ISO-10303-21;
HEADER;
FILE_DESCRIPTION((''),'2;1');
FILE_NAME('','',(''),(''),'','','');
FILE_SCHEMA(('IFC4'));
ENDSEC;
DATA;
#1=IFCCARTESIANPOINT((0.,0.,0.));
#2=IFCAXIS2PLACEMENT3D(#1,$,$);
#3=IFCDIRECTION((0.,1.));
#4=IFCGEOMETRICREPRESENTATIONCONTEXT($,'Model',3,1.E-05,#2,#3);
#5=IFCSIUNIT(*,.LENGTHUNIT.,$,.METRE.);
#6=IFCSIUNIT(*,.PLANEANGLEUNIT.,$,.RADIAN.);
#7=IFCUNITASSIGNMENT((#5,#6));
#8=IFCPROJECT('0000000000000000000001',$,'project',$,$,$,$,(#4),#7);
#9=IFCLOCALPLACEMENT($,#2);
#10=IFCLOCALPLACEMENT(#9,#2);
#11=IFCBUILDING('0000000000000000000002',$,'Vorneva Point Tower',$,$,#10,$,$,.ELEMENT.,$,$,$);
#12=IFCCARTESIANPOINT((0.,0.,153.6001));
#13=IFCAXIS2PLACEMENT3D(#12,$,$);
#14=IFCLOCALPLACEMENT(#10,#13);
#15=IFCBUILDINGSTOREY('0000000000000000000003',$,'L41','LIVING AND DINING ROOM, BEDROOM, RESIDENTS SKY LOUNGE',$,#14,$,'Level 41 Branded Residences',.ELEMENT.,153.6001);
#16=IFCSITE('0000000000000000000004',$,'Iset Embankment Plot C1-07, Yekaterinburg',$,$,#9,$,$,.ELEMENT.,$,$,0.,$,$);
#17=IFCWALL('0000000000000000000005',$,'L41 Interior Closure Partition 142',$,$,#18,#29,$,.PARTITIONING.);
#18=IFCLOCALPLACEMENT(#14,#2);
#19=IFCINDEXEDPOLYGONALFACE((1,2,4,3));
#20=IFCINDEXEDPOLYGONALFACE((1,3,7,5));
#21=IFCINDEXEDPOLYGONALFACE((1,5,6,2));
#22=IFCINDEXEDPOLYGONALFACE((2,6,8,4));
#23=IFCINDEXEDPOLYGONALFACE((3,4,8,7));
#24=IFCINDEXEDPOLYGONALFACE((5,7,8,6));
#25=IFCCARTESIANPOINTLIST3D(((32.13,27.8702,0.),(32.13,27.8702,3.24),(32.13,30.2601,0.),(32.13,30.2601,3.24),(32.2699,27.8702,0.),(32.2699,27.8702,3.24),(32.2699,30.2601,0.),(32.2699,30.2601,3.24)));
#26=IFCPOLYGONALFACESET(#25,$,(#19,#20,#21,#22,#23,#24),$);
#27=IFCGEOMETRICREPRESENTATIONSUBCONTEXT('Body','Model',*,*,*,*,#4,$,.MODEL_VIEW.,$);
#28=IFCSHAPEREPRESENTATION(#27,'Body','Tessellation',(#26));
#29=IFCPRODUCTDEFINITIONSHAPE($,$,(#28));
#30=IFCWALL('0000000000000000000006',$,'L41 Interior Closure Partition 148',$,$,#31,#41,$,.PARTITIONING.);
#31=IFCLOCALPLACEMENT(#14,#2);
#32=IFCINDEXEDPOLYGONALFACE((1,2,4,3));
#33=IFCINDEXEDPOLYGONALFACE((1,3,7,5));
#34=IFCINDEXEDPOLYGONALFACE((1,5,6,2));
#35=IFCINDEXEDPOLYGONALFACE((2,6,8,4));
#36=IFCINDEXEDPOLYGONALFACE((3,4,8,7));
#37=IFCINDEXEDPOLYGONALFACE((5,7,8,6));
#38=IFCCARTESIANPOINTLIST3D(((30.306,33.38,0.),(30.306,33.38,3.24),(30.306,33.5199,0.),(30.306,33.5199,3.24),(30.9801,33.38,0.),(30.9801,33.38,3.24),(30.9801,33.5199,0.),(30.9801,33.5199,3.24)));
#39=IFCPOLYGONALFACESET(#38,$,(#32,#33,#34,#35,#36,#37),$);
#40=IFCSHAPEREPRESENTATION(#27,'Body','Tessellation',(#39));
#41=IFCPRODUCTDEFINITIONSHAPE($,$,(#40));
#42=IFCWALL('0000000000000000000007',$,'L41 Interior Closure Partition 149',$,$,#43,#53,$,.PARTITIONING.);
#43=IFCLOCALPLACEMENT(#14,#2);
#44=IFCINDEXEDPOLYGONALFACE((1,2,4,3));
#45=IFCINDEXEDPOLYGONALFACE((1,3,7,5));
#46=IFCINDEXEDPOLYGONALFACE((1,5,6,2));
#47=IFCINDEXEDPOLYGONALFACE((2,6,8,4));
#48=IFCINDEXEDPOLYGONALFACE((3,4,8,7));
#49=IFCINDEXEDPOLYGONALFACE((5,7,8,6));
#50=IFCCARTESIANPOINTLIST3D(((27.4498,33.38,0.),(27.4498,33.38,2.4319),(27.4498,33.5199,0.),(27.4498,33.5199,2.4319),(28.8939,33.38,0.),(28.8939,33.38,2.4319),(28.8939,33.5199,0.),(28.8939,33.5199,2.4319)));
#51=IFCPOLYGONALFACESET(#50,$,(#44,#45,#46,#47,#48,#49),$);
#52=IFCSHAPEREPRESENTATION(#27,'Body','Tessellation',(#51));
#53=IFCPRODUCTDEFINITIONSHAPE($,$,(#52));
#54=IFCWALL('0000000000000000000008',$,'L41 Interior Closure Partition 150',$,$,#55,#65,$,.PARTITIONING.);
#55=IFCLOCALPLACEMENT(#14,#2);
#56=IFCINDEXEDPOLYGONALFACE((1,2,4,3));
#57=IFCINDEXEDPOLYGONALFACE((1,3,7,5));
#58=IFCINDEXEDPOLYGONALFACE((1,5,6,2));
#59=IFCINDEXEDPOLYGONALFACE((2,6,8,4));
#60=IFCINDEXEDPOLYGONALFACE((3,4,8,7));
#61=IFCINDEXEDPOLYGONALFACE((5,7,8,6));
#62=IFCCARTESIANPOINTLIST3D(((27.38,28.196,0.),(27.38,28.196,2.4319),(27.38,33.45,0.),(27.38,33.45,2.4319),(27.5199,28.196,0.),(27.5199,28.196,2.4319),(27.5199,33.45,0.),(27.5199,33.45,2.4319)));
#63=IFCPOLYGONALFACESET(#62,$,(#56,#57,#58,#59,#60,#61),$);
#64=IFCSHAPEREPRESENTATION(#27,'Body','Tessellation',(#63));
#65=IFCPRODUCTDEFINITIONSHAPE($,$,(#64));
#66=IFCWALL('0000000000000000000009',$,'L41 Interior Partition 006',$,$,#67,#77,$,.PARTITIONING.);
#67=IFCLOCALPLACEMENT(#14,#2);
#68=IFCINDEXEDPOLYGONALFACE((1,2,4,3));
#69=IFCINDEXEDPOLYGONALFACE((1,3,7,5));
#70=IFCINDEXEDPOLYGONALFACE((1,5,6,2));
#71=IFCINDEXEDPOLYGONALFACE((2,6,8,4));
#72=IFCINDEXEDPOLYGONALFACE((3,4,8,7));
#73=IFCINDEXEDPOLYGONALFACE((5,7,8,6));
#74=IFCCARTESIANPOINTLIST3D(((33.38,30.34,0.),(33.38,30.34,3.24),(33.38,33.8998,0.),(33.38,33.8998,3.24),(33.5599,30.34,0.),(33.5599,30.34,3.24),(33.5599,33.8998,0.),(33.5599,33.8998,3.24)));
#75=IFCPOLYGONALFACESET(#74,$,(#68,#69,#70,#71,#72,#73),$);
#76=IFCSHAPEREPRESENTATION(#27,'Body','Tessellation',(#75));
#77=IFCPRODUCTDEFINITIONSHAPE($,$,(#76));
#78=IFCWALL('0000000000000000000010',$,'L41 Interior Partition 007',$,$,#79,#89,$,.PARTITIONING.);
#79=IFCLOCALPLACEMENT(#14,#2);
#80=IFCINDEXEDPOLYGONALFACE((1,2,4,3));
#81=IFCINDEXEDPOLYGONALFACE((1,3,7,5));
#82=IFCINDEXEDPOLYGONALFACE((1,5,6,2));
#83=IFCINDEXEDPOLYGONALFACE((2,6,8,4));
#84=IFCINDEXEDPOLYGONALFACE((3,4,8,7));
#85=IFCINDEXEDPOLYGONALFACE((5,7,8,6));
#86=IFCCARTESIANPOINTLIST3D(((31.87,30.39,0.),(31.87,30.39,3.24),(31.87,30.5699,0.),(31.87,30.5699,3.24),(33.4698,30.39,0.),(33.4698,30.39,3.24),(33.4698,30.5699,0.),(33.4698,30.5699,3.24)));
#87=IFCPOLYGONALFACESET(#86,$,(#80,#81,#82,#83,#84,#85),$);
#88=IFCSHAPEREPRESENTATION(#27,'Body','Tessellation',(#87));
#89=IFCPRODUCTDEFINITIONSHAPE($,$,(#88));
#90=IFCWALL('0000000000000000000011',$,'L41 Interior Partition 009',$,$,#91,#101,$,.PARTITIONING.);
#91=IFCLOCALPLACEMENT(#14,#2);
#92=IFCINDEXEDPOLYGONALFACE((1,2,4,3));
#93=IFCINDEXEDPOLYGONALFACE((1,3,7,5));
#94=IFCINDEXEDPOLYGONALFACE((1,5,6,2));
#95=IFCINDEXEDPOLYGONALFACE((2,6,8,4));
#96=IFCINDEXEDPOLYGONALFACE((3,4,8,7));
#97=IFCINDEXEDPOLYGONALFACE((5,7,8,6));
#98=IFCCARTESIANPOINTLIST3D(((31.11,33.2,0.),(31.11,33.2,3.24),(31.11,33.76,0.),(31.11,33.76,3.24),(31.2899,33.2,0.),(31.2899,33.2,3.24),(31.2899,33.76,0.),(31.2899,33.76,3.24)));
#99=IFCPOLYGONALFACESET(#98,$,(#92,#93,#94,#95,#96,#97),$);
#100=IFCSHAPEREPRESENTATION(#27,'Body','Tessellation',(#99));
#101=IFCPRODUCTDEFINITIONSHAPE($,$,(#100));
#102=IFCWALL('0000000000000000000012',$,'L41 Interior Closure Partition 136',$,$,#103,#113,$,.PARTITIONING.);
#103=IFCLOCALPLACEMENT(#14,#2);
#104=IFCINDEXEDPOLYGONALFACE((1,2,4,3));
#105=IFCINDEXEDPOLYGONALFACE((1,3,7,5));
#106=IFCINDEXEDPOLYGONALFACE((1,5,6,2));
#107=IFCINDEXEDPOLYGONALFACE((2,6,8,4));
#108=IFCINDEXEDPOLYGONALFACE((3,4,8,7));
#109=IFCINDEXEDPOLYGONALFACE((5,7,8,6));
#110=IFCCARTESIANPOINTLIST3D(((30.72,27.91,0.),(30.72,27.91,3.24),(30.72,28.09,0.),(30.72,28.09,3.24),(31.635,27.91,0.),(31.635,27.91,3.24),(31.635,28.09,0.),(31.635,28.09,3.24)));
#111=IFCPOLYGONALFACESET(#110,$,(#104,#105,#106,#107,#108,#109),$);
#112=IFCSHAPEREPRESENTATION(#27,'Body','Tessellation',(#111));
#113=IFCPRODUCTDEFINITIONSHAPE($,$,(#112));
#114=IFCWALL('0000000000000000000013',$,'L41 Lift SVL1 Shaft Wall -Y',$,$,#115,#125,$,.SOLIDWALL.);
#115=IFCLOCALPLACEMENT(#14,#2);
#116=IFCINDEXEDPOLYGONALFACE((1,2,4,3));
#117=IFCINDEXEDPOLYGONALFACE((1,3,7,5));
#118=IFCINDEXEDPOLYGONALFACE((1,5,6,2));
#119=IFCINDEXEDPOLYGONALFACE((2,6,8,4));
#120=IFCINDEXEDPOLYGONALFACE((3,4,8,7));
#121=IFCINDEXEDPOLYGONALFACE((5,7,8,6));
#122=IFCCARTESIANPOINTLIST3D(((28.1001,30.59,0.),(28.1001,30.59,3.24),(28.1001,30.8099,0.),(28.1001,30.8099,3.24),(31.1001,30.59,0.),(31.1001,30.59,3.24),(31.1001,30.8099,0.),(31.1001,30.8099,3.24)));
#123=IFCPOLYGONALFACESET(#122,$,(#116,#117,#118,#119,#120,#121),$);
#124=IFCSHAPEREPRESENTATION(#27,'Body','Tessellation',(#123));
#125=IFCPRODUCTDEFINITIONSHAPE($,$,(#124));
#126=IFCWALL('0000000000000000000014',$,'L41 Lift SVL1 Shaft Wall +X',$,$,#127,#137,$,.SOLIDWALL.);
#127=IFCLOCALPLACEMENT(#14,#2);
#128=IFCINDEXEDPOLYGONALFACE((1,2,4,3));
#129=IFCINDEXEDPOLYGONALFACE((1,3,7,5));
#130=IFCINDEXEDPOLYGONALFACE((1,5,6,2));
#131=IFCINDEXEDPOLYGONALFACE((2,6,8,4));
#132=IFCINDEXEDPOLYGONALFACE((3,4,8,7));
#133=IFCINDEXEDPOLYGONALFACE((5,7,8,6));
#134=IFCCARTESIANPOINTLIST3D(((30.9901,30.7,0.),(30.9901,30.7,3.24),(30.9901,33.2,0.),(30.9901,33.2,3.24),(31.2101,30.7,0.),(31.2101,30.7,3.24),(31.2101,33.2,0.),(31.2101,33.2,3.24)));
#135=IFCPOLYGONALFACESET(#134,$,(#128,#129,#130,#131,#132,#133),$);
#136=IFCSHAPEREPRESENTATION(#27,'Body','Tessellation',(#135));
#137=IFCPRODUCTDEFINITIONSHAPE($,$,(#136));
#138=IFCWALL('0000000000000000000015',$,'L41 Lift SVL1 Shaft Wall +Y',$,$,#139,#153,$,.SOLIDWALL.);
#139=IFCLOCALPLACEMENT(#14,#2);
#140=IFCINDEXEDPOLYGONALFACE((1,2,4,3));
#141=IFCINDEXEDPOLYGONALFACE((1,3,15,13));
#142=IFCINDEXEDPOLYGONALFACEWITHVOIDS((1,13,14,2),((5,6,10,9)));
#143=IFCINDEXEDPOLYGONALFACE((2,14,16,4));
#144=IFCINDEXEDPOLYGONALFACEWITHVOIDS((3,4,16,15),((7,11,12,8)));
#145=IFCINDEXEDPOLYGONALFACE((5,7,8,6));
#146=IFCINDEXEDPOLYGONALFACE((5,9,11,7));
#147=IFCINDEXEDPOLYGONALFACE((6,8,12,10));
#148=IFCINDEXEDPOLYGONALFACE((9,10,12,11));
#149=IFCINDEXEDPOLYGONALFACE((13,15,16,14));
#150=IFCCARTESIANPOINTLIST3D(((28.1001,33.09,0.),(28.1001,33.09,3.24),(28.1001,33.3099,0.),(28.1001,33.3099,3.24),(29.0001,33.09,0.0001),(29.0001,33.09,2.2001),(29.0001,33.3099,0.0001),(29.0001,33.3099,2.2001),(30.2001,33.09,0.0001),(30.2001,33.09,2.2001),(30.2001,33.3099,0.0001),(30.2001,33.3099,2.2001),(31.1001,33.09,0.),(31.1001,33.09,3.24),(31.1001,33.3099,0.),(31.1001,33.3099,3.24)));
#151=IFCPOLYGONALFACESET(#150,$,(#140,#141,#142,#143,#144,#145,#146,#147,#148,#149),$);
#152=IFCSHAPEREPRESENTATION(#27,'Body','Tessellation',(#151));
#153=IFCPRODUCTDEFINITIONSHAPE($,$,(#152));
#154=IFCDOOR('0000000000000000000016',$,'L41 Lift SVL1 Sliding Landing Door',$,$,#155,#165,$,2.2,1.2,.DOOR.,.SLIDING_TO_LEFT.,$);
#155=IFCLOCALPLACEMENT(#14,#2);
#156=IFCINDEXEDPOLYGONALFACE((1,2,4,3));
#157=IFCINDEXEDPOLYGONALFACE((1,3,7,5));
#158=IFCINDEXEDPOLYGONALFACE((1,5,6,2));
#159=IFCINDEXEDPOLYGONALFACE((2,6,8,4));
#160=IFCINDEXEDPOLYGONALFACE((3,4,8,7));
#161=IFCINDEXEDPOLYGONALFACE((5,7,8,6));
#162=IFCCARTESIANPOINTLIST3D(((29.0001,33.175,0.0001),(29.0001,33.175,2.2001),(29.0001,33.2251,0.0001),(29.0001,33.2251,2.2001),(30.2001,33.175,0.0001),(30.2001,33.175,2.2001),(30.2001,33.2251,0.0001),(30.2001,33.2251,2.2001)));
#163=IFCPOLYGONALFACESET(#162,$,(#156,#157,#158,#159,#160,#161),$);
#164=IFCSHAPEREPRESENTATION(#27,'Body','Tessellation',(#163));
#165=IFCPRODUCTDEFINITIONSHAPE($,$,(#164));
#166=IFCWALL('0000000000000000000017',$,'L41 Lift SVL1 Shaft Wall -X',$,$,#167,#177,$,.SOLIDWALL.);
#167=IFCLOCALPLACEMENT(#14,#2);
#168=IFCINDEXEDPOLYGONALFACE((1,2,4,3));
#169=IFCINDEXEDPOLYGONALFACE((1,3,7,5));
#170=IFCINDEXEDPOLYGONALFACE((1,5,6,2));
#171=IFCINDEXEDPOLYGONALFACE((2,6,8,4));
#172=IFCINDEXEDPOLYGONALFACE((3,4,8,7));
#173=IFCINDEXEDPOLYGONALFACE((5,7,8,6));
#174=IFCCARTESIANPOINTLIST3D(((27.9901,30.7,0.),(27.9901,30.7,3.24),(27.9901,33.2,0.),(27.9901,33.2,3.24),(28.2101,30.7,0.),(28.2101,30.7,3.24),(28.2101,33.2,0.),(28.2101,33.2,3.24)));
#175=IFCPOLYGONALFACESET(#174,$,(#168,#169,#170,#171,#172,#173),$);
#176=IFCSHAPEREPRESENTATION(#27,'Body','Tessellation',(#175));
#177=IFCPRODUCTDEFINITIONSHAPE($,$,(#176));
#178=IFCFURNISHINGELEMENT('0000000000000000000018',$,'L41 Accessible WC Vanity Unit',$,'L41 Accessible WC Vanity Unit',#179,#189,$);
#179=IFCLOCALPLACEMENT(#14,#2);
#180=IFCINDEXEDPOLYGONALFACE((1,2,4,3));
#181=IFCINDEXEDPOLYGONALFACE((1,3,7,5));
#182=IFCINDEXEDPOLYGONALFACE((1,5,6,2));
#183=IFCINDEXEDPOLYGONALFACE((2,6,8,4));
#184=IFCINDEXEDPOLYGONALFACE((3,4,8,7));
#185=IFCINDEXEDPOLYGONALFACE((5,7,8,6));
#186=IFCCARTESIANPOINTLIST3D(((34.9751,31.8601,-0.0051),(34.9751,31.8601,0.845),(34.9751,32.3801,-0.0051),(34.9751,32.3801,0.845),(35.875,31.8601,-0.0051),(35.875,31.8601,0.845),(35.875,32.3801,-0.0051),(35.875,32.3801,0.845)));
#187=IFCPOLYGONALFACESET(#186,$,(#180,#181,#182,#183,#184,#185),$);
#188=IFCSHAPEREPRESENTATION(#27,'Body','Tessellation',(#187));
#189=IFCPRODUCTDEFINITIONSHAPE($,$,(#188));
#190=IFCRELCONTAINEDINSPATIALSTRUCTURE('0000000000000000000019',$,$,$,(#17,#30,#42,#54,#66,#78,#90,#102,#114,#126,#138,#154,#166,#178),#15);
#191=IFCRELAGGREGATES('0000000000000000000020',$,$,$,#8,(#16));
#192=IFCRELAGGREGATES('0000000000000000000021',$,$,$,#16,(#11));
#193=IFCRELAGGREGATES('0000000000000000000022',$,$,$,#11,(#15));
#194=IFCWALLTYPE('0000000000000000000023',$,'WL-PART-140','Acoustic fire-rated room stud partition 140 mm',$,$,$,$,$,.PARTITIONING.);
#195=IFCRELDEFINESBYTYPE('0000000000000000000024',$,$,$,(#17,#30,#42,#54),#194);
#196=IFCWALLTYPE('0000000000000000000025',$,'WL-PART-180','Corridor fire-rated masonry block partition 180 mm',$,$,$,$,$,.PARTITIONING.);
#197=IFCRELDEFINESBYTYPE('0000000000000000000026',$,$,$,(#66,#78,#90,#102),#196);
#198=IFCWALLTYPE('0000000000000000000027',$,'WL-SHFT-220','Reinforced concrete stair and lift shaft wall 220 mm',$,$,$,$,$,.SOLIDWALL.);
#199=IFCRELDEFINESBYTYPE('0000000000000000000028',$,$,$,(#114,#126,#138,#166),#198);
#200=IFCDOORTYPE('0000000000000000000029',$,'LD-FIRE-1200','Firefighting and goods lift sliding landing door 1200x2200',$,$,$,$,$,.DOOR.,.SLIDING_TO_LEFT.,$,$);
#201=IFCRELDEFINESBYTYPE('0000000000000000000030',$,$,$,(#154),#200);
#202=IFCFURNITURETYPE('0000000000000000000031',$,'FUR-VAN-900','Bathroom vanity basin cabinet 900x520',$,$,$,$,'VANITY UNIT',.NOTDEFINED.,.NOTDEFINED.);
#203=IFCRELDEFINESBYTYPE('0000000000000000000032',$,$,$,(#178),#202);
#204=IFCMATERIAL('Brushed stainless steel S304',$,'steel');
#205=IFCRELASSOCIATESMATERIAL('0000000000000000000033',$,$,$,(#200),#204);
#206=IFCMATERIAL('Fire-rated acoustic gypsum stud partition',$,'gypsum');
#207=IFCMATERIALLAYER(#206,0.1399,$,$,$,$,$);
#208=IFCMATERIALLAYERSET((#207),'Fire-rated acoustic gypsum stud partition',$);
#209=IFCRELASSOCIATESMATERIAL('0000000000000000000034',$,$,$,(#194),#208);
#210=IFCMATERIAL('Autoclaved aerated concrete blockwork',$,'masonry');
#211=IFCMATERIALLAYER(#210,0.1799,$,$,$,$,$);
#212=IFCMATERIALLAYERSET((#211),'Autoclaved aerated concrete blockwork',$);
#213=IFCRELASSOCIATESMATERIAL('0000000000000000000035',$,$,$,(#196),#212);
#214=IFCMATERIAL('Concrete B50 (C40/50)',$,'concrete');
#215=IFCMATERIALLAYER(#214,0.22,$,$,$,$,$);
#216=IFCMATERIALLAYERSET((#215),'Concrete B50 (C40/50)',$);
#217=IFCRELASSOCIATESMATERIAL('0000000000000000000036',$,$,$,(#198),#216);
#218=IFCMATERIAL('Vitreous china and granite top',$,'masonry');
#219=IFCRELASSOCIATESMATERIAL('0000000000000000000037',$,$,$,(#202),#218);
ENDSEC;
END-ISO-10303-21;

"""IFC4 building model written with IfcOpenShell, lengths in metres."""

from ifc_helpers import new_model, si_unit, direction, frame, frame_2d, origin, origin_2d, place, context, subcontext, project, spatial, rectangle, extrude, material, layer, layer_set, type_object, element, fill, save


model = new_model("IFC4")

# Units and contexts
model_context = context("Model", 3, precision=1e-05, world=origin(), true_north=direction((0.0, 1.0)))
body_context = subcontext(model_context, "Body", "Model", "MODEL_VIEW")
ifc_project = project(units=[si_unit("LENGTHUNIT", "METRE"), si_unit("PLANEANGLEUNIT", "RADIAN")], contexts=[model_context])

# Site, building, storey
site_placement = place(None, origin())
site = spatial("IfcSite", under=ifc_project, at=site_placement, Name="Iset Embankment Plot C1-07, Yekaterinburg", CompositionType="ELEMENT", RefElevation=0.0)
building_placement = place(site_placement, origin())
building = spatial("IfcBuilding", under=site, at=building_placement, Name="Vorneva Point Tower", CompositionType="ELEMENT")
storey_placement = place(building_placement, frame((0.0, 0.0, 153.6001)))
storey = spatial("IfcBuildingStorey", under=building, at=storey_placement, Name="L41", Description="LIVING AND DINING ROOM, BEDROOM, RESIDENTS SKY LOUNGE", LongName="Level 41 Branded Residences", CompositionType="ELEMENT", Elevation=153.6001)

# Shared definitions
ifc_material_1 = material(Name="Brushed stainless steel S304", Category="steel")
door_type_1 = type_object("IfcDoorType", Name="LD-FIRE-1200", Description="Firefighting and goods lift sliding landing door 1200x2200", OperationType="SLIDING_TO_LEFT", PredefinedType="DOOR", material=ifc_material_1)

# Walls
ifc_material_2 = material(Name="Fire-rated acoustic gypsum stud partition", Category="gypsum")
ifc_layer_1 = layer(ifc_material_2, 0.1399)
ifc_layer_set_1 = layer_set([ifc_layer_1], Name="Fire-rated acoustic gypsum stud partition")
wall_type_1 = type_object("IfcWallType", Name="WL-PART-140", Description="Acoustic fire-rated room stud partition 140 mm", PredefinedType="PARTITIONING", material=ifc_layer_set_1)
wall_1_placement = place(storey_placement, frame((32.2, 30.26, 0.0), z_axis=(0.0, 0.0, 1.0), x_axis=(0.0, -1.0, 0.0)))
element("IfcWall", 1, at=wall_1_placement, inside=storey, type_object=wall_type_1, Name="L41 Interior Closure Partition 142", PredefinedType="PARTITIONING", context=body_context, shape_type="SweptSolid", body=[
    extrude(rectangle(XDim=2.3899, YDim=0.1399, at=frame_2d((1.1948, 0.0))), origin(), (0.0, 0.0, 1.0), 3.24),
])
wall_2_placement = place(storey_placement, frame((30.98, 33.45, 0.0), z_axis=(0.0, 0.0, 1.0), x_axis=(-1.0, 0.0, 0.0)))
element("IfcWall", 2, at=wall_2_placement, inside=storey, type_object=wall_type_1, Name="L41 Interior Closure Partition 148", PredefinedType="PARTITIONING", context=body_context, shape_type="SweptSolid", body=[
    extrude(rectangle(XDim=0.6741, YDim=0.1399, at=frame_2d((0.3369, 0.0))), origin(), (0.0, 0.0, 1.0), 3.24),
])
wall_3_placement = place(storey_placement, frame((28.894, 33.45, 0.0), z_axis=(0.0, 0.0, 1.0), x_axis=(-1.0, 0.0, 0.0)))
element("IfcWall", 3, at=wall_3_placement, inside=storey, type_object=wall_type_1, Name="L41 Interior Closure Partition 149", PredefinedType="PARTITIONING", context=body_context, shape_type="SweptSolid", body=[
    extrude(rectangle(XDim=1.4441, YDim=0.1399, at=frame_2d((0.7222, 0.0))), origin(), (0.0, 0.0, 1.0), 2.4319),
])
wall_4_placement = place(storey_placement, frame((27.45, 33.45, 0.0), z_axis=(0.0, 0.0, 1.0), x_axis=(0.0, -1.0, 0.0)))
element("IfcWall", 4, at=wall_4_placement, inside=storey, type_object=wall_type_1, Name="L41 Interior Closure Partition 150", PredefinedType="PARTITIONING", context=body_context, shape_type="SweptSolid", body=[
    extrude(rectangle(XDim=5.2539, YDim=0.1399, at=frame_2d((2.627, 0.0))), origin(), (0.0, 0.0, 1.0), 2.4319),
])

# Shared definitions
ifc_material_3 = material(Name="Autoclaved aerated concrete blockwork", Category="masonry")
ifc_layer_2 = layer(ifc_material_3, 0.1799)
ifc_layer_set_2 = layer_set([ifc_layer_2], Name="Autoclaved aerated concrete blockwork")
wall_type_2 = type_object("IfcWallType", Name="WL-PART-180", Description="Corridor fire-rated masonry block partition 180 mm", PredefinedType="PARTITIONING", material=ifc_layer_set_2)

# Walls
wall_5_placement = place(storey_placement, frame((33.47, 30.3401, 0.0), z_axis=(0.0, 0.0, 1.0), x_axis=(0.0, 1.0, 0.0)))
element("IfcWall", 5, at=wall_5_placement, inside=storey, type_object=wall_type_2, Name="L41 Interior Partition 006", PredefinedType="PARTITIONING", context=body_context, shape_type="SweptSolid", body=[
    extrude(rectangle(XDim=3.5598, YDim=0.1799, at=frame_2d((1.7798, 0.0))), origin(), (0.0, 0.0, 1.0), 3.24),
])
wall_6_placement = place(storey_placement, frame((31.8701, 30.48, 0.0), z_axis=(0.0, 0.0, 1.0), x_axis=(1.0, 0.0, 0.0)))
element("IfcWall", 6, at=wall_6_placement, inside=storey, type_object=wall_type_2, Name="L41 Interior Partition 007", PredefinedType="PARTITIONING", context=body_context, shape_type="SweptSolid", body=[
    extrude(rectangle(XDim=1.5999, YDim=0.1799, at=frame_2d((0.7998, 0.0))), origin(), (0.0, 0.0, 1.0), 3.24),
])
wall_7_placement = place(storey_placement, frame((31.2, 33.76, 0.0), z_axis=(0.0, 0.0, 1.0), x_axis=(0.0, -1.0, 0.0)))
element("IfcWall", 7, at=wall_7_placement, inside=storey, type_object=wall_type_2, Name="L41 Interior Partition 009", PredefinedType="PARTITIONING", context=body_context, shape_type="SweptSolid", body=[
    extrude(rectangle(XDim=0.5601, YDim=0.1799, at=frame_2d((0.28, 0.0))), origin(), (0.0, 0.0, 1.0), 3.24),
])
wall_8_placement = place(storey_placement, frame((31.635, 28.0, 0.0), z_axis=(0.0, 0.0, 1.0), x_axis=(-1.0, 0.0, 0.0)))
element("IfcWall", 8, at=wall_8_placement, inside=storey, type_object=wall_type_2, Name="L41 Interior Closure Partition 136", PredefinedType="PARTITIONING", context=body_context, shape_type="SweptSolid", body=[
    extrude(rectangle(XDim=0.915, YDim=0.1799, at=frame_2d((0.4575, 0.0))), origin(), (0.0, 0.0, 1.0), 3.24),
])
ifc_material_4 = material(Name="Concrete B50 (C40/50)", Category="concrete")
ifc_layer_3 = layer(ifc_material_4, 0.22)
ifc_layer_set_3 = layer_set([ifc_layer_3], Name="Concrete B50 (C40/50)")
wall_type_3 = type_object("IfcWallType", Name="WL-SHFT-220", Description="Reinforced concrete stair and lift shaft wall 220 mm", PredefinedType="SOLIDWALL", material=ifc_layer_set_3)
wall_9_placement = place(storey_placement, frame((28.1001, 30.7, 0.0), z_axis=(0.0, 0.0, 1.0), x_axis=(1.0, 0.0, 0.0)))
element("IfcWall", 9, at=wall_9_placement, inside=storey, type_object=wall_type_3, Name="L41 Lift SVL1 Shaft Wall -Y", PredefinedType="SOLIDWALL", context=body_context, shape_type="SweptSolid", body=[
    extrude(rectangle(XDim=3.0, YDim=0.22, at=frame_2d((1.5, 0.0))), origin(), (0.0, 0.0, 1.0), 3.24),
])
wall_10_placement = place(storey_placement, frame((31.1001, 30.7, 0.0), z_axis=(0.0, 0.0, 1.0), x_axis=(0.0, 1.0, 0.0)))
element("IfcWall", 10, at=wall_10_placement, inside=storey, type_object=wall_type_3, Name="L41 Lift SVL1 Shaft Wall +X", PredefinedType="SOLIDWALL", context=body_context, shape_type="SweptSolid", body=[
    extrude(rectangle(XDim=2.5, YDim=0.22, at=frame_2d((1.25, 0.0))), origin(), (0.0, 0.0, 1.0), 3.24),
])

# Wall, opening, door
wall_11_placement = place(storey_placement, frame((31.1001, 33.2, 0.0), z_axis=(0.0, 0.0, 1.0), x_axis=(-1.0, 0.0, 0.0)))
wall_11 = element("IfcWall", 11, at=wall_11_placement, inside=storey, type_object=wall_type_3, Name="L41 Lift SVL1 Shaft Wall +Y", PredefinedType="SOLIDWALL", context=body_context, shape_type="SweptSolid", body=[
    extrude(rectangle(XDim=3.0, YDim=0.22, at=frame_2d((1.5, 0.0))), origin(), (0.0, 0.0, 1.0), 3.24),
])
opening_1_placement = place(wall_11_placement, frame((0.8999, 0.0, 0.0)))
opening_1 = element("IfcOpeningElement", 12, at=opening_1_placement, cuts=wall_11, PredefinedType="OPENING", context=body_context, shape_type="SweptSolid", body=[
    extrude(rectangle(XDim=1.2, YDim=2.2, at=frame_2d((0.6001, 1.1001))), frame((0.0, 0.125, 0.0), z_axis=(0.0, -1.0, 0.0), x_axis=(1.0, 0.0, 0.0)), (0.0, 0.0, 1.0), 0.2498),
])
door_1_placement = place(opening_1_placement, origin())
door_1 = element("IfcDoor", 13, at=door_1_placement, inside=storey, type_object=door_type_1, Name="L41 Lift SVL1 Sliding Landing Door", OperationType="SLIDING_TO_LEFT", OverallHeight=2.2, OverallWidth=1.2, PredefinedType="DOOR", context=body_context, shape_type="SweptSolid", body=[
    extrude(rectangle(XDim=1.2, YDim=2.2, at=frame_2d((0.6001, 1.1001))), frame((0.0, 0.0249, 0.0), z_axis=(0.0, -1.0, 0.0), x_axis=(1.0, 0.0, 0.0)), (0.0, 0.0, 1.0), 0.05),
])
fill(opening_1, door_1)

# Wall
wall_12_placement = place(storey_placement, frame((28.1001, 33.2, 0.0), z_axis=(0.0, 0.0, 1.0), x_axis=(0.0, -1.0, 0.0)))
element("IfcWall", 14, at=wall_12_placement, inside=storey, type_object=wall_type_3, Name="L41 Lift SVL1 Shaft Wall -X", PredefinedType="SOLIDWALL", context=body_context, shape_type="SweptSolid", body=[
    extrude(rectangle(XDim=2.5, YDim=0.22, at=frame_2d((1.25, 0.0))), origin(), (0.0, 0.0, 1.0), 3.24),
])

# Furnishing element
ifc_material_5 = material(Name="Vitreous china and granite top", Category="masonry")
furniture_type = type_object("IfcFurnitureType", Name="FUR-VAN-900", Description="Bathroom vanity basin cabinet 900x520", ElementType="VANITY UNIT", AssemblyPlace="NOTDEFINED", PredefinedType="NOTDEFINED", material=ifc_material_5)
furnishing_placement = place(storey_placement, frame((35.425, 32.1201, -0.0051), z_axis=(0.0, 0.0, 1.0), x_axis=(1.0, 0.0, 0.0)))
element("IfcFurnishingElement", 15, at=furnishing_placement, inside=storey, type_object=furniture_type, Name="L41 Accessible WC Vanity Unit", ObjectType="L41 Accessible WC Vanity Unit", context=body_context, shape_type="SweptSolid", body=[
    extrude(rectangle(XDim=0.8999, YDim=0.52, at=origin_2d()), origin(), (0.0, 0.0, 1.0), 0.8501),
])

save(model, "model.ifc")
